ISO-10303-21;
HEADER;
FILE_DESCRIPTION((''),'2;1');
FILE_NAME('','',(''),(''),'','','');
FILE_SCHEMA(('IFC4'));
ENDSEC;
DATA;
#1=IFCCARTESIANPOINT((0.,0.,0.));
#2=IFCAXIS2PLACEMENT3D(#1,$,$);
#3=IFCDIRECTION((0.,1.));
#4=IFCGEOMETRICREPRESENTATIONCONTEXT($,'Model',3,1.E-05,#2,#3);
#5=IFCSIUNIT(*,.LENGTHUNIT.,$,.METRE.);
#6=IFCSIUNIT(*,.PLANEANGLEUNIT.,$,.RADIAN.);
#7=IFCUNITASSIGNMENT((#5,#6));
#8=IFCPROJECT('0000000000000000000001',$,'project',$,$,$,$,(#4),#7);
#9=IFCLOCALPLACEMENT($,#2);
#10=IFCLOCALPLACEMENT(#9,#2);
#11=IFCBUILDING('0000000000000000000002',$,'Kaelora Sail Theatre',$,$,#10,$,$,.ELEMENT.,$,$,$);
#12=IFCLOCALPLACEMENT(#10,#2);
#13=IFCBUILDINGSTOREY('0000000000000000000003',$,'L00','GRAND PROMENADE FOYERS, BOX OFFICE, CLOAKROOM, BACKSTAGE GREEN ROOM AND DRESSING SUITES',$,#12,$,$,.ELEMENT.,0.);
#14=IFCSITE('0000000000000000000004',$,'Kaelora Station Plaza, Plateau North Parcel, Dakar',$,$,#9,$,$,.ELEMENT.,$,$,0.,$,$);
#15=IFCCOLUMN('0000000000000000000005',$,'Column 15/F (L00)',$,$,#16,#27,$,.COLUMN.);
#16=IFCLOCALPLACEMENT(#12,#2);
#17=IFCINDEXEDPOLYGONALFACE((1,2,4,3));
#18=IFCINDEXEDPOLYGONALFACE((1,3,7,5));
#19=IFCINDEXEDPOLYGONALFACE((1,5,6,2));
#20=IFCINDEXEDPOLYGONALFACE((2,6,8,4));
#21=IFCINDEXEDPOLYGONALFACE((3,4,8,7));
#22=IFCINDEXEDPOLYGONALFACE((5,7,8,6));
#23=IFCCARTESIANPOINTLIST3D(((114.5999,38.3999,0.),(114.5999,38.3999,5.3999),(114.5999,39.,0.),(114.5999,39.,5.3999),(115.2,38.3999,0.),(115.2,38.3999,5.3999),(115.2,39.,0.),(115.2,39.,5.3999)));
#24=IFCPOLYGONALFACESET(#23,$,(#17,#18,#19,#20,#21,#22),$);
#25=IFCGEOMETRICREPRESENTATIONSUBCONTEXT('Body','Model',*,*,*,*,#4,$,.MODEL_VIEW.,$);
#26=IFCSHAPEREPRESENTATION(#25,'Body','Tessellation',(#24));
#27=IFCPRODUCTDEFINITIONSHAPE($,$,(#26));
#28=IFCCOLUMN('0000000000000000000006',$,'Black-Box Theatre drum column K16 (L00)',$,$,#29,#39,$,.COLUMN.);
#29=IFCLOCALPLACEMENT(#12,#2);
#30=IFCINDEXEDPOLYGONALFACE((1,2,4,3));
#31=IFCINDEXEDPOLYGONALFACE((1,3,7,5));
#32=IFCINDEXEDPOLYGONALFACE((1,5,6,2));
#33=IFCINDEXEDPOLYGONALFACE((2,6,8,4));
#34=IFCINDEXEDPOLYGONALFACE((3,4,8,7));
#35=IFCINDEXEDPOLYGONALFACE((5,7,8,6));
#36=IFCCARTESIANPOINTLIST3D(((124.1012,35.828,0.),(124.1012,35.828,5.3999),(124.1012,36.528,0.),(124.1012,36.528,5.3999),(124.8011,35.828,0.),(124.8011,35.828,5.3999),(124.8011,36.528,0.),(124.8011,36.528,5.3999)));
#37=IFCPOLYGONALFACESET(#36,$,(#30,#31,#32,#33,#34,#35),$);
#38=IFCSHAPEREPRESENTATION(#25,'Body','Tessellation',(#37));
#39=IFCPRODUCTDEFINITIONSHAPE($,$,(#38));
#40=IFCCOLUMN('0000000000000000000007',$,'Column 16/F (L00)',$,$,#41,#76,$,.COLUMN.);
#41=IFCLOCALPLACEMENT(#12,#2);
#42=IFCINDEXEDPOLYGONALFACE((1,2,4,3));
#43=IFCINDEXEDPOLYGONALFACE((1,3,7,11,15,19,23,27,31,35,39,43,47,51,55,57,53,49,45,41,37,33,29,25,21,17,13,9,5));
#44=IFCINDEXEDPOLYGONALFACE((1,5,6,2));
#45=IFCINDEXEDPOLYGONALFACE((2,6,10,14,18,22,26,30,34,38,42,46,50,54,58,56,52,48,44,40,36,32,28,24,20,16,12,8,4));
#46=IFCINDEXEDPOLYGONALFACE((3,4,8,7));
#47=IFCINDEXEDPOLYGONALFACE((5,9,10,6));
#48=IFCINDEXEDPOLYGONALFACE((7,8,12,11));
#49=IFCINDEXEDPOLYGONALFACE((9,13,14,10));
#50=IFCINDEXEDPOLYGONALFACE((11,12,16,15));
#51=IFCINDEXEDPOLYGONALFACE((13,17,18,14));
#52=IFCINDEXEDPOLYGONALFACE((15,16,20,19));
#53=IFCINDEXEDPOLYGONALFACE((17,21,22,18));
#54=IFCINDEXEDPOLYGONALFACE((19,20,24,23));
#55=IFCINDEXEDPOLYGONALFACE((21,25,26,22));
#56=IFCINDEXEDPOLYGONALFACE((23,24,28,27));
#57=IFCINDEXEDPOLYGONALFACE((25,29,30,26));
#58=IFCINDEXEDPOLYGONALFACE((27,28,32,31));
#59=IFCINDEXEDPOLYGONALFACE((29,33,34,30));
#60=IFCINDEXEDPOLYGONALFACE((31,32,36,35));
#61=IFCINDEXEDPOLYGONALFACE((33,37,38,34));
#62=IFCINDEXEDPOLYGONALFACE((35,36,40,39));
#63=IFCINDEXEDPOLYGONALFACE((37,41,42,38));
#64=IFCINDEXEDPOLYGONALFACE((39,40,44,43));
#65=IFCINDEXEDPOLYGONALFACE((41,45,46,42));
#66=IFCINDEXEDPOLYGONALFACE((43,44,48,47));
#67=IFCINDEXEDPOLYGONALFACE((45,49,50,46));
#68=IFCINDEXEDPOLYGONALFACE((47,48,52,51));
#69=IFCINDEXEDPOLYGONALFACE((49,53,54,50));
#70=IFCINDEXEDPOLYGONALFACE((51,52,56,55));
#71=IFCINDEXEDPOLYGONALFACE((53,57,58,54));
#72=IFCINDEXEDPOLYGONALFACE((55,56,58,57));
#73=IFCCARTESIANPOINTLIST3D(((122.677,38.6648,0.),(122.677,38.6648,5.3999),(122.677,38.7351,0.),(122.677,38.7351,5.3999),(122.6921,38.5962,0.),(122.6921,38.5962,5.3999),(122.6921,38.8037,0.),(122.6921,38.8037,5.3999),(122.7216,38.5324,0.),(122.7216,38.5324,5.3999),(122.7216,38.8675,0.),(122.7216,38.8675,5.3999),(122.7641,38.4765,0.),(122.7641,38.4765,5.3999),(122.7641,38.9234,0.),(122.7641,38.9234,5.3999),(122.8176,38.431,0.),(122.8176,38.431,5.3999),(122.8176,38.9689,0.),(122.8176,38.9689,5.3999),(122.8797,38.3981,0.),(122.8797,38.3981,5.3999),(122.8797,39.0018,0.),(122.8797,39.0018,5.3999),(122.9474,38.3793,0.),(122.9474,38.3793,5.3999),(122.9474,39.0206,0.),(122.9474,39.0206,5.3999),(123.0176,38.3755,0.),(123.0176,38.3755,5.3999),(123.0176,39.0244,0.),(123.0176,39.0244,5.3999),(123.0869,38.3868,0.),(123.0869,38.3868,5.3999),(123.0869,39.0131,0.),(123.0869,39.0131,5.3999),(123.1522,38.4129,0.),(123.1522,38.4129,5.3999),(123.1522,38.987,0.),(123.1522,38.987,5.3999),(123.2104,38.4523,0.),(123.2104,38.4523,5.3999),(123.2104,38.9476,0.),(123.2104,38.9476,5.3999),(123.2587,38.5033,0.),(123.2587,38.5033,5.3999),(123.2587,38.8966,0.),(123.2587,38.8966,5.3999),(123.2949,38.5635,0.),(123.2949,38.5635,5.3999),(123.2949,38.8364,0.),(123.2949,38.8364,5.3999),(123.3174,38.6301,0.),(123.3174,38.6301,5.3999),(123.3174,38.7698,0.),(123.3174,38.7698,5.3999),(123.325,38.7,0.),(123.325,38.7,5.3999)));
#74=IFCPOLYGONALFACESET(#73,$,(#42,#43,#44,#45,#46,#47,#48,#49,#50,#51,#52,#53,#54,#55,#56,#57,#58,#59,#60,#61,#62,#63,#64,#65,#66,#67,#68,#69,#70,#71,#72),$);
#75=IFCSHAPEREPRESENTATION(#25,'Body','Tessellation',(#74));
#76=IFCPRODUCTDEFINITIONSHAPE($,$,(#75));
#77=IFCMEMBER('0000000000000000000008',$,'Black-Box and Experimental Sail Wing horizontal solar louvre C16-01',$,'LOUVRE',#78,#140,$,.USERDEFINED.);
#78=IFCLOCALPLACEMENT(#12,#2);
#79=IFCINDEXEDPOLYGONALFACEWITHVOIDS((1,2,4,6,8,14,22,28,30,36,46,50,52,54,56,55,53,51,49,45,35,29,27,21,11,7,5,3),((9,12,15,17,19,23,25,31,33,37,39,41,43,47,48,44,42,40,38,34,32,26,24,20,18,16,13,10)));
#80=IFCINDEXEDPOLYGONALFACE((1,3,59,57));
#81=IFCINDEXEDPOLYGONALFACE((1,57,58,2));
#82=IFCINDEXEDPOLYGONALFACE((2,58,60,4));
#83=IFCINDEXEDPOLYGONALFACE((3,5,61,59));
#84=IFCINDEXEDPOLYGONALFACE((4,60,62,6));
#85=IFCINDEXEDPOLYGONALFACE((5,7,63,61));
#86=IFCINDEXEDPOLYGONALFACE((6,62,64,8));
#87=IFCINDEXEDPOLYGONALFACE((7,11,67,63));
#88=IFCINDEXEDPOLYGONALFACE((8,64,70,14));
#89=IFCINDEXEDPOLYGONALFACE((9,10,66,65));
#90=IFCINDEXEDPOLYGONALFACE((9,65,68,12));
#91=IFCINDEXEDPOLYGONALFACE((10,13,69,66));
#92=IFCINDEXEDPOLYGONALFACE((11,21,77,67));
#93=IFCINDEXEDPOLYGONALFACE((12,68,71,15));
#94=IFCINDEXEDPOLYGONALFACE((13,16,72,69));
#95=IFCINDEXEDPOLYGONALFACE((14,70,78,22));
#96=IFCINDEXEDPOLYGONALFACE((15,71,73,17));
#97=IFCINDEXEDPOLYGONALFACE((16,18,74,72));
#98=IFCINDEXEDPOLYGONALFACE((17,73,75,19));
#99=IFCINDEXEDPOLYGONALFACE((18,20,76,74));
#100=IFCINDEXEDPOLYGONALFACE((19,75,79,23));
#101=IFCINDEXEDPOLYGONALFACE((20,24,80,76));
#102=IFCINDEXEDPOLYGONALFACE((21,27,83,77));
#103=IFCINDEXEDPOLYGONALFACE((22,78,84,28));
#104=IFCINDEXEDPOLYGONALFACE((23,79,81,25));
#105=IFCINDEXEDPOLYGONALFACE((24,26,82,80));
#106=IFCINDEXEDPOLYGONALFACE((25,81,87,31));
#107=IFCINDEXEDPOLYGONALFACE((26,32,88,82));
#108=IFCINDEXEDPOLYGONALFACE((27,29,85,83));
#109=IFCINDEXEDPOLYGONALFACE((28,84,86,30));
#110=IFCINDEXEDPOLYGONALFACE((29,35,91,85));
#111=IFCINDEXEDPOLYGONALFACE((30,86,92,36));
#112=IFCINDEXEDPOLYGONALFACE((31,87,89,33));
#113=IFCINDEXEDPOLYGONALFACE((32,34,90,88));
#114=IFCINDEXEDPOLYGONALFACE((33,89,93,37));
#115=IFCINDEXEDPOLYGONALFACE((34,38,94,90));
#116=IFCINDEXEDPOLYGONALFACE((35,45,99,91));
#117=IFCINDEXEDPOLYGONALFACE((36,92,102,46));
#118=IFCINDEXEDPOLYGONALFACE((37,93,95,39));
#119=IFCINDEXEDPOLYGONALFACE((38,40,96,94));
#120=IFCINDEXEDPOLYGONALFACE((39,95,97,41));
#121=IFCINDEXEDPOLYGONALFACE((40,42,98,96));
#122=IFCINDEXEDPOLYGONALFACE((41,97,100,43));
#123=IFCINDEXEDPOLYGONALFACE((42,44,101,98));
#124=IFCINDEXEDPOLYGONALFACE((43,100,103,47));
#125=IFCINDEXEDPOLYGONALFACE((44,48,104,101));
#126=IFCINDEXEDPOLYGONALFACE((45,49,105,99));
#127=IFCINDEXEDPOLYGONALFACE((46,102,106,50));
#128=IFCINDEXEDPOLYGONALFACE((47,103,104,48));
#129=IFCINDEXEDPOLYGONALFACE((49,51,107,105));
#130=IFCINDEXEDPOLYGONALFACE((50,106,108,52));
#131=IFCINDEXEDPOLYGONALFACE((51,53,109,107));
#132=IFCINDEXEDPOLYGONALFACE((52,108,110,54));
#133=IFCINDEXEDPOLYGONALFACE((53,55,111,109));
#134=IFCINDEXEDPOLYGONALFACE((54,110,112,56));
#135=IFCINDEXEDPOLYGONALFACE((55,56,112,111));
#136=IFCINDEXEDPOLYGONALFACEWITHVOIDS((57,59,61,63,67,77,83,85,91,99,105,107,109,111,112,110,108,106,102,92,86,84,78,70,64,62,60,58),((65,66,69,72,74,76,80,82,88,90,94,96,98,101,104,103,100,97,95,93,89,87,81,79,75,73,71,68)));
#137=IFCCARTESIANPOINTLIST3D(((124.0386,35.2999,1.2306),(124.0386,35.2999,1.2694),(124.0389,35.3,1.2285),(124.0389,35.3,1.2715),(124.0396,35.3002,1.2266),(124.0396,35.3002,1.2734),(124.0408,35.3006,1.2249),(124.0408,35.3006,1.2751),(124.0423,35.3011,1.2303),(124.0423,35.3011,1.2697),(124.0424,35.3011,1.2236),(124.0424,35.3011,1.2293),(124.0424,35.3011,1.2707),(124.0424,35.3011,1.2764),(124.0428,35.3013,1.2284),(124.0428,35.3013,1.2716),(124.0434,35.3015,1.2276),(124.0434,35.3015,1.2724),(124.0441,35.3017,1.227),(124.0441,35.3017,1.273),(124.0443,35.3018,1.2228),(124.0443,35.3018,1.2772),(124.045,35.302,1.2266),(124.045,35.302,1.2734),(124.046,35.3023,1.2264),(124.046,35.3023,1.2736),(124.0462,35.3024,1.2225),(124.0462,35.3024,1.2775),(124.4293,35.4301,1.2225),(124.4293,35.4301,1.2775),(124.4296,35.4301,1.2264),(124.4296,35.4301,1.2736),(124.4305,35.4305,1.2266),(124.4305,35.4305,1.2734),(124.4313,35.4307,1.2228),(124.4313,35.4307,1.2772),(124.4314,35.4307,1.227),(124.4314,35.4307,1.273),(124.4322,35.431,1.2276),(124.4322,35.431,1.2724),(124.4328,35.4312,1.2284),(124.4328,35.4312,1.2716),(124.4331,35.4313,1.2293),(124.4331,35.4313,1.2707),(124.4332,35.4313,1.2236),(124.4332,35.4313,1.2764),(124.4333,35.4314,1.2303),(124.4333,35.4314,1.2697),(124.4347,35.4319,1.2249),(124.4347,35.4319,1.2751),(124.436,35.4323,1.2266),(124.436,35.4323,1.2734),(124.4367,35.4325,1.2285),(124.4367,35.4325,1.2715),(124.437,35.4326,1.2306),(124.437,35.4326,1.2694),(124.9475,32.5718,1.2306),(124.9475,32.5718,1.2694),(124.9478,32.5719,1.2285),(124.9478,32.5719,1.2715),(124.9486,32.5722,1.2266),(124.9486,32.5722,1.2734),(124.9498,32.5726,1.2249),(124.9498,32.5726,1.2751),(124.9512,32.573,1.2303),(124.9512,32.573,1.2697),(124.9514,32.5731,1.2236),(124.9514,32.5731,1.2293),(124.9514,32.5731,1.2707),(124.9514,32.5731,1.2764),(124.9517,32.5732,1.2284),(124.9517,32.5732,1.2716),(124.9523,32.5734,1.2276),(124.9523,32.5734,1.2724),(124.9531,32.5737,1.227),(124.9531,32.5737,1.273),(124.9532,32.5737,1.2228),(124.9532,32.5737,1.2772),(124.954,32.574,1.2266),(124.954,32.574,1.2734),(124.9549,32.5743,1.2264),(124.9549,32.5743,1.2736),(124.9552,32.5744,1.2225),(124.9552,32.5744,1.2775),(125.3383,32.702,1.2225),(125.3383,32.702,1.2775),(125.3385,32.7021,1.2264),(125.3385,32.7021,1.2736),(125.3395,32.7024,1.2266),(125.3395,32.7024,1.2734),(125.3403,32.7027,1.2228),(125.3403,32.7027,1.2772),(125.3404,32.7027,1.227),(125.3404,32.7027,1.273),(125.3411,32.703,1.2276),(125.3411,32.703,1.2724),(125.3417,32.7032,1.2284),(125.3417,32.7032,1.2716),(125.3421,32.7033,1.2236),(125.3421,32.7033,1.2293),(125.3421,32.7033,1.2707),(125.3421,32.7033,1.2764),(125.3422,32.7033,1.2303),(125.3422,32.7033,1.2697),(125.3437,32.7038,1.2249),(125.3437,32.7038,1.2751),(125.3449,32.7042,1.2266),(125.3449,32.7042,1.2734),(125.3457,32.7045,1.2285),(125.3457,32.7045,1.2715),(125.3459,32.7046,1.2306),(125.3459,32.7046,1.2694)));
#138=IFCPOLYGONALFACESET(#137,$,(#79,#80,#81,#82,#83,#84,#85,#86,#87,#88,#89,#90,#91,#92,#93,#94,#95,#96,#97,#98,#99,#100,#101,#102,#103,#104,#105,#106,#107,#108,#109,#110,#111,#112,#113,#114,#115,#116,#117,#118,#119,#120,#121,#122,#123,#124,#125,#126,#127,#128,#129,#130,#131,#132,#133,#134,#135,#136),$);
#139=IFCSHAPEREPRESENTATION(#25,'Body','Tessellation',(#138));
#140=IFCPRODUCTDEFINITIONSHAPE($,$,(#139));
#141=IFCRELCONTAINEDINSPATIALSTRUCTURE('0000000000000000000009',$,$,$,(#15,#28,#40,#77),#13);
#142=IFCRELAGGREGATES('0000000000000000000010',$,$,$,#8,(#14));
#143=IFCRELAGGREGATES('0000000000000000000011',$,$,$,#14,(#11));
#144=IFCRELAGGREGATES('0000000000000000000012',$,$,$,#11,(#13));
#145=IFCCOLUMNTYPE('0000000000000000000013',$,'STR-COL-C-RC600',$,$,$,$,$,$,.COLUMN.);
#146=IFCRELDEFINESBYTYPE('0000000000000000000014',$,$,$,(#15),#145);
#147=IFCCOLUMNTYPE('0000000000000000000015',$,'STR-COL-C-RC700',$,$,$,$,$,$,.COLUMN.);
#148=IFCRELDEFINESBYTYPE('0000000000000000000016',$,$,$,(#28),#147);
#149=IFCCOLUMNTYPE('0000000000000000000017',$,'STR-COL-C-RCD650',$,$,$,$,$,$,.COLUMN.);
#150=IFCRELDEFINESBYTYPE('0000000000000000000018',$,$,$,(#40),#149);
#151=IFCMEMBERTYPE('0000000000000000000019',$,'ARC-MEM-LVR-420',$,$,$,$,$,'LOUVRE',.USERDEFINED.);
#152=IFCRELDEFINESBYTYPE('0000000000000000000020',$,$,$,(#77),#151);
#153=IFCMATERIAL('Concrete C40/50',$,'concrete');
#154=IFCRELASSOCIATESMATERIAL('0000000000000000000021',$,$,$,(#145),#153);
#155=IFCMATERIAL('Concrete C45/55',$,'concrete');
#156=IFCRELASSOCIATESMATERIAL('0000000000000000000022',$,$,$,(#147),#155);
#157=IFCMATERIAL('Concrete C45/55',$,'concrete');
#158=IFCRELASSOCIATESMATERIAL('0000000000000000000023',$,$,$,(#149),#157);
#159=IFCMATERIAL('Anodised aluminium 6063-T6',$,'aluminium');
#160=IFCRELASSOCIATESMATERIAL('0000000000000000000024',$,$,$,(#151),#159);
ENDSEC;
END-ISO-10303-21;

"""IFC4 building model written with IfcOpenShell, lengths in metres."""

from ifc_helpers import new_model, si_unit, direction, frame, origin, origin_2d, place, context, subcontext, project, spatial, rectangle, hollow_rectangle, circle, extrude, material, material_profile, profile_set, type_object, element, save


model = new_model("IFC4")

# Units and contexts
model_context = context("Model", 3, precision=1e-05, world=origin(), true_north=direction((0.0, 1.0)))
body_context = subcontext(model_context, "Body", "Model", "MODEL_VIEW")
ifc_project = project(units=[si_unit("LENGTHUNIT", "METRE"), si_unit("PLANEANGLEUNIT", "RADIAN")], contexts=[model_context])

# Site, building, storey
site_placement = place(None, origin())
site = spatial("IfcSite", under=ifc_project, at=site_placement, Name="Kaelora Station Plaza, Plateau North Parcel, Dakar", CompositionType="ELEMENT", RefElevation=0.0)
building_placement = place(site_placement, origin())
building = spatial("IfcBuilding", under=site, at=building_placement, Name="Kaelora Sail Theatre", CompositionType="ELEMENT")
storey_placement = place(building_placement, origin())
storey = spatial("IfcBuildingStorey", under=building, at=storey_placement, Name="L00", Description="GRAND PROMENADE FOYERS, BOX OFFICE, CLOAKROOM, BACKSTAGE GREEN ROOM AND DRESSING SUITES", CompositionType="ELEMENT", Elevation=0.0)

# Columns
ifc_material_1 = material(Name="Concrete C40/50", Category="concrete")
ifc_material_profile_1 = material_profile(ifc_material_1, rectangle(XDim=0.6001, YDim=0.6001, at=origin_2d()), Name="RC-COL 600x600")
ifc_profile_set_1 = profile_set([ifc_material_profile_1], Name="Concrete C40/50")
column_type_1 = type_object("IfcColumnType", Name="STR-COL-C-RC600", PredefinedType="COLUMN", material=ifc_profile_set_1)
column_1_placement = place(storey_placement, frame((114.8999, 38.7, 0.0), z_axis=(0.0, 0.0, 1.0), x_axis=(1.0, 0.0, 0.0)))
element("IfcColumn", 1, at=column_1_placement, inside=storey, type_object=column_type_1, Name="Column 15/F (L00)", PredefinedType="COLUMN", context=body_context, shape_type="SweptSolid", body=[
    extrude(rectangle(XDim=0.6001, YDim=0.6001, at=origin_2d()), origin(), (0.0, 0.0, 1.0), 5.3999),
])
ifc_material_2 = material(Name="Concrete C45/55", Category="concrete")
ifc_material_profile_2 = material_profile(ifc_material_2, rectangle(XDim=0.7, YDim=0.7, at=origin_2d()), Name="RC-COL 700x700")
ifc_profile_set_2 = profile_set([ifc_material_profile_2], Name="Concrete C45/55")
column_type_2 = type_object("IfcColumnType", Name="STR-COL-C-RC700", PredefinedType="COLUMN", material=ifc_profile_set_2)
column_2_placement = place(storey_placement, frame((124.4512, 36.178, 0.0), z_axis=(0.0, 0.0, 1.0), x_axis=(1.0, 0.0, 0.0)))
element("IfcColumn", 2, at=column_2_placement, inside=storey, type_object=column_type_2, Name="Black-Box Theatre drum column K16 (L00)", PredefinedType="COLUMN", context=body_context, shape_type="SweptSolid", body=[
    extrude(rectangle(XDim=0.7, YDim=0.7, at=origin_2d()), origin(), (0.0, 0.0, 1.0), 5.3999),
])
ifc_material_3 = material(Name="Concrete C45/55", Category="concrete")
ifc_material_profile_3 = material_profile(ifc_material_3, circle(Radius=0.325, at=origin_2d()), Name="RC-CCOL D650")
ifc_profile_set_3 = profile_set([ifc_material_profile_3], Name="Concrete C45/55")
column_type_3 = type_object("IfcColumnType", Name="STR-COL-C-RCD650", PredefinedType="COLUMN", material=ifc_profile_set_3)
column_3_placement = place(storey_placement, frame((123.0, 38.7, 0.0), z_axis=(0.0, 0.0, 1.0), x_axis=(1.0, 0.0, 0.0)))
element("IfcColumn", 3, at=column_3_placement, inside=storey, type_object=column_type_3, Name="Column 16/F (L00)", PredefinedType="COLUMN", context=body_context, shape_type="SweptSolid", body=[
    extrude(circle(Radius=0.325, at=origin_2d()), origin(), (0.0, 0.0, 1.0), 5.3999),
])

# Member
ifc_material_4 = material(Name="Anodised aluminium 6063-T6", Category="aluminium")
ifc_material_profile_4 = material_profile(ifc_material_4, hollow_rectangle(XDim=0.4199, YDim=0.0549, WallThickness=0.0039, InnerFilletRadius=0.0039, OuterFilletRadius=0.0081, at=origin_2d()), Name="LOUVRE 420x55x4")
ifc_profile_set_4 = profile_set([ifc_material_profile_4], Name="Anodised aluminium 6063-T6")
member_type_1 = type_object("IfcMemberType", Name="ARC-MEM-LVR-420", ElementType="LOUVRE", PredefinedType="USERDEFINED", material=ifc_profile_set_4)
for number, where, z_axis, x_axis, name in (
    (4, (125.1467, 32.6382, 1.25), (-0.3161, 0.948726, 0.0), (-0.948726, -0.3161, 0.0), "Black-Box and Experimental Sail Wing horizontal solar louvre C16-01"),
):
    element("IfcMember", number, at=place(storey_placement, frame(where, z_axis=z_axis, x_axis=x_axis)), inside=storey, type_object=member_type_1, Name=name, ObjectType="LOUVRE", PredefinedType="USERDEFINED", context=body_context, shape_type="SweptSolid", body=[
        extrude(hollow_rectangle(XDim=0.4199, YDim=0.0549, WallThickness=0.0039, InnerFilletRadius=0.0039, OuterFilletRadius=0.0081, at=origin_2d()), origin(), (0.0, 0.0, 1.0), 2.8755),
    ])

save(model, "model.ifc")
